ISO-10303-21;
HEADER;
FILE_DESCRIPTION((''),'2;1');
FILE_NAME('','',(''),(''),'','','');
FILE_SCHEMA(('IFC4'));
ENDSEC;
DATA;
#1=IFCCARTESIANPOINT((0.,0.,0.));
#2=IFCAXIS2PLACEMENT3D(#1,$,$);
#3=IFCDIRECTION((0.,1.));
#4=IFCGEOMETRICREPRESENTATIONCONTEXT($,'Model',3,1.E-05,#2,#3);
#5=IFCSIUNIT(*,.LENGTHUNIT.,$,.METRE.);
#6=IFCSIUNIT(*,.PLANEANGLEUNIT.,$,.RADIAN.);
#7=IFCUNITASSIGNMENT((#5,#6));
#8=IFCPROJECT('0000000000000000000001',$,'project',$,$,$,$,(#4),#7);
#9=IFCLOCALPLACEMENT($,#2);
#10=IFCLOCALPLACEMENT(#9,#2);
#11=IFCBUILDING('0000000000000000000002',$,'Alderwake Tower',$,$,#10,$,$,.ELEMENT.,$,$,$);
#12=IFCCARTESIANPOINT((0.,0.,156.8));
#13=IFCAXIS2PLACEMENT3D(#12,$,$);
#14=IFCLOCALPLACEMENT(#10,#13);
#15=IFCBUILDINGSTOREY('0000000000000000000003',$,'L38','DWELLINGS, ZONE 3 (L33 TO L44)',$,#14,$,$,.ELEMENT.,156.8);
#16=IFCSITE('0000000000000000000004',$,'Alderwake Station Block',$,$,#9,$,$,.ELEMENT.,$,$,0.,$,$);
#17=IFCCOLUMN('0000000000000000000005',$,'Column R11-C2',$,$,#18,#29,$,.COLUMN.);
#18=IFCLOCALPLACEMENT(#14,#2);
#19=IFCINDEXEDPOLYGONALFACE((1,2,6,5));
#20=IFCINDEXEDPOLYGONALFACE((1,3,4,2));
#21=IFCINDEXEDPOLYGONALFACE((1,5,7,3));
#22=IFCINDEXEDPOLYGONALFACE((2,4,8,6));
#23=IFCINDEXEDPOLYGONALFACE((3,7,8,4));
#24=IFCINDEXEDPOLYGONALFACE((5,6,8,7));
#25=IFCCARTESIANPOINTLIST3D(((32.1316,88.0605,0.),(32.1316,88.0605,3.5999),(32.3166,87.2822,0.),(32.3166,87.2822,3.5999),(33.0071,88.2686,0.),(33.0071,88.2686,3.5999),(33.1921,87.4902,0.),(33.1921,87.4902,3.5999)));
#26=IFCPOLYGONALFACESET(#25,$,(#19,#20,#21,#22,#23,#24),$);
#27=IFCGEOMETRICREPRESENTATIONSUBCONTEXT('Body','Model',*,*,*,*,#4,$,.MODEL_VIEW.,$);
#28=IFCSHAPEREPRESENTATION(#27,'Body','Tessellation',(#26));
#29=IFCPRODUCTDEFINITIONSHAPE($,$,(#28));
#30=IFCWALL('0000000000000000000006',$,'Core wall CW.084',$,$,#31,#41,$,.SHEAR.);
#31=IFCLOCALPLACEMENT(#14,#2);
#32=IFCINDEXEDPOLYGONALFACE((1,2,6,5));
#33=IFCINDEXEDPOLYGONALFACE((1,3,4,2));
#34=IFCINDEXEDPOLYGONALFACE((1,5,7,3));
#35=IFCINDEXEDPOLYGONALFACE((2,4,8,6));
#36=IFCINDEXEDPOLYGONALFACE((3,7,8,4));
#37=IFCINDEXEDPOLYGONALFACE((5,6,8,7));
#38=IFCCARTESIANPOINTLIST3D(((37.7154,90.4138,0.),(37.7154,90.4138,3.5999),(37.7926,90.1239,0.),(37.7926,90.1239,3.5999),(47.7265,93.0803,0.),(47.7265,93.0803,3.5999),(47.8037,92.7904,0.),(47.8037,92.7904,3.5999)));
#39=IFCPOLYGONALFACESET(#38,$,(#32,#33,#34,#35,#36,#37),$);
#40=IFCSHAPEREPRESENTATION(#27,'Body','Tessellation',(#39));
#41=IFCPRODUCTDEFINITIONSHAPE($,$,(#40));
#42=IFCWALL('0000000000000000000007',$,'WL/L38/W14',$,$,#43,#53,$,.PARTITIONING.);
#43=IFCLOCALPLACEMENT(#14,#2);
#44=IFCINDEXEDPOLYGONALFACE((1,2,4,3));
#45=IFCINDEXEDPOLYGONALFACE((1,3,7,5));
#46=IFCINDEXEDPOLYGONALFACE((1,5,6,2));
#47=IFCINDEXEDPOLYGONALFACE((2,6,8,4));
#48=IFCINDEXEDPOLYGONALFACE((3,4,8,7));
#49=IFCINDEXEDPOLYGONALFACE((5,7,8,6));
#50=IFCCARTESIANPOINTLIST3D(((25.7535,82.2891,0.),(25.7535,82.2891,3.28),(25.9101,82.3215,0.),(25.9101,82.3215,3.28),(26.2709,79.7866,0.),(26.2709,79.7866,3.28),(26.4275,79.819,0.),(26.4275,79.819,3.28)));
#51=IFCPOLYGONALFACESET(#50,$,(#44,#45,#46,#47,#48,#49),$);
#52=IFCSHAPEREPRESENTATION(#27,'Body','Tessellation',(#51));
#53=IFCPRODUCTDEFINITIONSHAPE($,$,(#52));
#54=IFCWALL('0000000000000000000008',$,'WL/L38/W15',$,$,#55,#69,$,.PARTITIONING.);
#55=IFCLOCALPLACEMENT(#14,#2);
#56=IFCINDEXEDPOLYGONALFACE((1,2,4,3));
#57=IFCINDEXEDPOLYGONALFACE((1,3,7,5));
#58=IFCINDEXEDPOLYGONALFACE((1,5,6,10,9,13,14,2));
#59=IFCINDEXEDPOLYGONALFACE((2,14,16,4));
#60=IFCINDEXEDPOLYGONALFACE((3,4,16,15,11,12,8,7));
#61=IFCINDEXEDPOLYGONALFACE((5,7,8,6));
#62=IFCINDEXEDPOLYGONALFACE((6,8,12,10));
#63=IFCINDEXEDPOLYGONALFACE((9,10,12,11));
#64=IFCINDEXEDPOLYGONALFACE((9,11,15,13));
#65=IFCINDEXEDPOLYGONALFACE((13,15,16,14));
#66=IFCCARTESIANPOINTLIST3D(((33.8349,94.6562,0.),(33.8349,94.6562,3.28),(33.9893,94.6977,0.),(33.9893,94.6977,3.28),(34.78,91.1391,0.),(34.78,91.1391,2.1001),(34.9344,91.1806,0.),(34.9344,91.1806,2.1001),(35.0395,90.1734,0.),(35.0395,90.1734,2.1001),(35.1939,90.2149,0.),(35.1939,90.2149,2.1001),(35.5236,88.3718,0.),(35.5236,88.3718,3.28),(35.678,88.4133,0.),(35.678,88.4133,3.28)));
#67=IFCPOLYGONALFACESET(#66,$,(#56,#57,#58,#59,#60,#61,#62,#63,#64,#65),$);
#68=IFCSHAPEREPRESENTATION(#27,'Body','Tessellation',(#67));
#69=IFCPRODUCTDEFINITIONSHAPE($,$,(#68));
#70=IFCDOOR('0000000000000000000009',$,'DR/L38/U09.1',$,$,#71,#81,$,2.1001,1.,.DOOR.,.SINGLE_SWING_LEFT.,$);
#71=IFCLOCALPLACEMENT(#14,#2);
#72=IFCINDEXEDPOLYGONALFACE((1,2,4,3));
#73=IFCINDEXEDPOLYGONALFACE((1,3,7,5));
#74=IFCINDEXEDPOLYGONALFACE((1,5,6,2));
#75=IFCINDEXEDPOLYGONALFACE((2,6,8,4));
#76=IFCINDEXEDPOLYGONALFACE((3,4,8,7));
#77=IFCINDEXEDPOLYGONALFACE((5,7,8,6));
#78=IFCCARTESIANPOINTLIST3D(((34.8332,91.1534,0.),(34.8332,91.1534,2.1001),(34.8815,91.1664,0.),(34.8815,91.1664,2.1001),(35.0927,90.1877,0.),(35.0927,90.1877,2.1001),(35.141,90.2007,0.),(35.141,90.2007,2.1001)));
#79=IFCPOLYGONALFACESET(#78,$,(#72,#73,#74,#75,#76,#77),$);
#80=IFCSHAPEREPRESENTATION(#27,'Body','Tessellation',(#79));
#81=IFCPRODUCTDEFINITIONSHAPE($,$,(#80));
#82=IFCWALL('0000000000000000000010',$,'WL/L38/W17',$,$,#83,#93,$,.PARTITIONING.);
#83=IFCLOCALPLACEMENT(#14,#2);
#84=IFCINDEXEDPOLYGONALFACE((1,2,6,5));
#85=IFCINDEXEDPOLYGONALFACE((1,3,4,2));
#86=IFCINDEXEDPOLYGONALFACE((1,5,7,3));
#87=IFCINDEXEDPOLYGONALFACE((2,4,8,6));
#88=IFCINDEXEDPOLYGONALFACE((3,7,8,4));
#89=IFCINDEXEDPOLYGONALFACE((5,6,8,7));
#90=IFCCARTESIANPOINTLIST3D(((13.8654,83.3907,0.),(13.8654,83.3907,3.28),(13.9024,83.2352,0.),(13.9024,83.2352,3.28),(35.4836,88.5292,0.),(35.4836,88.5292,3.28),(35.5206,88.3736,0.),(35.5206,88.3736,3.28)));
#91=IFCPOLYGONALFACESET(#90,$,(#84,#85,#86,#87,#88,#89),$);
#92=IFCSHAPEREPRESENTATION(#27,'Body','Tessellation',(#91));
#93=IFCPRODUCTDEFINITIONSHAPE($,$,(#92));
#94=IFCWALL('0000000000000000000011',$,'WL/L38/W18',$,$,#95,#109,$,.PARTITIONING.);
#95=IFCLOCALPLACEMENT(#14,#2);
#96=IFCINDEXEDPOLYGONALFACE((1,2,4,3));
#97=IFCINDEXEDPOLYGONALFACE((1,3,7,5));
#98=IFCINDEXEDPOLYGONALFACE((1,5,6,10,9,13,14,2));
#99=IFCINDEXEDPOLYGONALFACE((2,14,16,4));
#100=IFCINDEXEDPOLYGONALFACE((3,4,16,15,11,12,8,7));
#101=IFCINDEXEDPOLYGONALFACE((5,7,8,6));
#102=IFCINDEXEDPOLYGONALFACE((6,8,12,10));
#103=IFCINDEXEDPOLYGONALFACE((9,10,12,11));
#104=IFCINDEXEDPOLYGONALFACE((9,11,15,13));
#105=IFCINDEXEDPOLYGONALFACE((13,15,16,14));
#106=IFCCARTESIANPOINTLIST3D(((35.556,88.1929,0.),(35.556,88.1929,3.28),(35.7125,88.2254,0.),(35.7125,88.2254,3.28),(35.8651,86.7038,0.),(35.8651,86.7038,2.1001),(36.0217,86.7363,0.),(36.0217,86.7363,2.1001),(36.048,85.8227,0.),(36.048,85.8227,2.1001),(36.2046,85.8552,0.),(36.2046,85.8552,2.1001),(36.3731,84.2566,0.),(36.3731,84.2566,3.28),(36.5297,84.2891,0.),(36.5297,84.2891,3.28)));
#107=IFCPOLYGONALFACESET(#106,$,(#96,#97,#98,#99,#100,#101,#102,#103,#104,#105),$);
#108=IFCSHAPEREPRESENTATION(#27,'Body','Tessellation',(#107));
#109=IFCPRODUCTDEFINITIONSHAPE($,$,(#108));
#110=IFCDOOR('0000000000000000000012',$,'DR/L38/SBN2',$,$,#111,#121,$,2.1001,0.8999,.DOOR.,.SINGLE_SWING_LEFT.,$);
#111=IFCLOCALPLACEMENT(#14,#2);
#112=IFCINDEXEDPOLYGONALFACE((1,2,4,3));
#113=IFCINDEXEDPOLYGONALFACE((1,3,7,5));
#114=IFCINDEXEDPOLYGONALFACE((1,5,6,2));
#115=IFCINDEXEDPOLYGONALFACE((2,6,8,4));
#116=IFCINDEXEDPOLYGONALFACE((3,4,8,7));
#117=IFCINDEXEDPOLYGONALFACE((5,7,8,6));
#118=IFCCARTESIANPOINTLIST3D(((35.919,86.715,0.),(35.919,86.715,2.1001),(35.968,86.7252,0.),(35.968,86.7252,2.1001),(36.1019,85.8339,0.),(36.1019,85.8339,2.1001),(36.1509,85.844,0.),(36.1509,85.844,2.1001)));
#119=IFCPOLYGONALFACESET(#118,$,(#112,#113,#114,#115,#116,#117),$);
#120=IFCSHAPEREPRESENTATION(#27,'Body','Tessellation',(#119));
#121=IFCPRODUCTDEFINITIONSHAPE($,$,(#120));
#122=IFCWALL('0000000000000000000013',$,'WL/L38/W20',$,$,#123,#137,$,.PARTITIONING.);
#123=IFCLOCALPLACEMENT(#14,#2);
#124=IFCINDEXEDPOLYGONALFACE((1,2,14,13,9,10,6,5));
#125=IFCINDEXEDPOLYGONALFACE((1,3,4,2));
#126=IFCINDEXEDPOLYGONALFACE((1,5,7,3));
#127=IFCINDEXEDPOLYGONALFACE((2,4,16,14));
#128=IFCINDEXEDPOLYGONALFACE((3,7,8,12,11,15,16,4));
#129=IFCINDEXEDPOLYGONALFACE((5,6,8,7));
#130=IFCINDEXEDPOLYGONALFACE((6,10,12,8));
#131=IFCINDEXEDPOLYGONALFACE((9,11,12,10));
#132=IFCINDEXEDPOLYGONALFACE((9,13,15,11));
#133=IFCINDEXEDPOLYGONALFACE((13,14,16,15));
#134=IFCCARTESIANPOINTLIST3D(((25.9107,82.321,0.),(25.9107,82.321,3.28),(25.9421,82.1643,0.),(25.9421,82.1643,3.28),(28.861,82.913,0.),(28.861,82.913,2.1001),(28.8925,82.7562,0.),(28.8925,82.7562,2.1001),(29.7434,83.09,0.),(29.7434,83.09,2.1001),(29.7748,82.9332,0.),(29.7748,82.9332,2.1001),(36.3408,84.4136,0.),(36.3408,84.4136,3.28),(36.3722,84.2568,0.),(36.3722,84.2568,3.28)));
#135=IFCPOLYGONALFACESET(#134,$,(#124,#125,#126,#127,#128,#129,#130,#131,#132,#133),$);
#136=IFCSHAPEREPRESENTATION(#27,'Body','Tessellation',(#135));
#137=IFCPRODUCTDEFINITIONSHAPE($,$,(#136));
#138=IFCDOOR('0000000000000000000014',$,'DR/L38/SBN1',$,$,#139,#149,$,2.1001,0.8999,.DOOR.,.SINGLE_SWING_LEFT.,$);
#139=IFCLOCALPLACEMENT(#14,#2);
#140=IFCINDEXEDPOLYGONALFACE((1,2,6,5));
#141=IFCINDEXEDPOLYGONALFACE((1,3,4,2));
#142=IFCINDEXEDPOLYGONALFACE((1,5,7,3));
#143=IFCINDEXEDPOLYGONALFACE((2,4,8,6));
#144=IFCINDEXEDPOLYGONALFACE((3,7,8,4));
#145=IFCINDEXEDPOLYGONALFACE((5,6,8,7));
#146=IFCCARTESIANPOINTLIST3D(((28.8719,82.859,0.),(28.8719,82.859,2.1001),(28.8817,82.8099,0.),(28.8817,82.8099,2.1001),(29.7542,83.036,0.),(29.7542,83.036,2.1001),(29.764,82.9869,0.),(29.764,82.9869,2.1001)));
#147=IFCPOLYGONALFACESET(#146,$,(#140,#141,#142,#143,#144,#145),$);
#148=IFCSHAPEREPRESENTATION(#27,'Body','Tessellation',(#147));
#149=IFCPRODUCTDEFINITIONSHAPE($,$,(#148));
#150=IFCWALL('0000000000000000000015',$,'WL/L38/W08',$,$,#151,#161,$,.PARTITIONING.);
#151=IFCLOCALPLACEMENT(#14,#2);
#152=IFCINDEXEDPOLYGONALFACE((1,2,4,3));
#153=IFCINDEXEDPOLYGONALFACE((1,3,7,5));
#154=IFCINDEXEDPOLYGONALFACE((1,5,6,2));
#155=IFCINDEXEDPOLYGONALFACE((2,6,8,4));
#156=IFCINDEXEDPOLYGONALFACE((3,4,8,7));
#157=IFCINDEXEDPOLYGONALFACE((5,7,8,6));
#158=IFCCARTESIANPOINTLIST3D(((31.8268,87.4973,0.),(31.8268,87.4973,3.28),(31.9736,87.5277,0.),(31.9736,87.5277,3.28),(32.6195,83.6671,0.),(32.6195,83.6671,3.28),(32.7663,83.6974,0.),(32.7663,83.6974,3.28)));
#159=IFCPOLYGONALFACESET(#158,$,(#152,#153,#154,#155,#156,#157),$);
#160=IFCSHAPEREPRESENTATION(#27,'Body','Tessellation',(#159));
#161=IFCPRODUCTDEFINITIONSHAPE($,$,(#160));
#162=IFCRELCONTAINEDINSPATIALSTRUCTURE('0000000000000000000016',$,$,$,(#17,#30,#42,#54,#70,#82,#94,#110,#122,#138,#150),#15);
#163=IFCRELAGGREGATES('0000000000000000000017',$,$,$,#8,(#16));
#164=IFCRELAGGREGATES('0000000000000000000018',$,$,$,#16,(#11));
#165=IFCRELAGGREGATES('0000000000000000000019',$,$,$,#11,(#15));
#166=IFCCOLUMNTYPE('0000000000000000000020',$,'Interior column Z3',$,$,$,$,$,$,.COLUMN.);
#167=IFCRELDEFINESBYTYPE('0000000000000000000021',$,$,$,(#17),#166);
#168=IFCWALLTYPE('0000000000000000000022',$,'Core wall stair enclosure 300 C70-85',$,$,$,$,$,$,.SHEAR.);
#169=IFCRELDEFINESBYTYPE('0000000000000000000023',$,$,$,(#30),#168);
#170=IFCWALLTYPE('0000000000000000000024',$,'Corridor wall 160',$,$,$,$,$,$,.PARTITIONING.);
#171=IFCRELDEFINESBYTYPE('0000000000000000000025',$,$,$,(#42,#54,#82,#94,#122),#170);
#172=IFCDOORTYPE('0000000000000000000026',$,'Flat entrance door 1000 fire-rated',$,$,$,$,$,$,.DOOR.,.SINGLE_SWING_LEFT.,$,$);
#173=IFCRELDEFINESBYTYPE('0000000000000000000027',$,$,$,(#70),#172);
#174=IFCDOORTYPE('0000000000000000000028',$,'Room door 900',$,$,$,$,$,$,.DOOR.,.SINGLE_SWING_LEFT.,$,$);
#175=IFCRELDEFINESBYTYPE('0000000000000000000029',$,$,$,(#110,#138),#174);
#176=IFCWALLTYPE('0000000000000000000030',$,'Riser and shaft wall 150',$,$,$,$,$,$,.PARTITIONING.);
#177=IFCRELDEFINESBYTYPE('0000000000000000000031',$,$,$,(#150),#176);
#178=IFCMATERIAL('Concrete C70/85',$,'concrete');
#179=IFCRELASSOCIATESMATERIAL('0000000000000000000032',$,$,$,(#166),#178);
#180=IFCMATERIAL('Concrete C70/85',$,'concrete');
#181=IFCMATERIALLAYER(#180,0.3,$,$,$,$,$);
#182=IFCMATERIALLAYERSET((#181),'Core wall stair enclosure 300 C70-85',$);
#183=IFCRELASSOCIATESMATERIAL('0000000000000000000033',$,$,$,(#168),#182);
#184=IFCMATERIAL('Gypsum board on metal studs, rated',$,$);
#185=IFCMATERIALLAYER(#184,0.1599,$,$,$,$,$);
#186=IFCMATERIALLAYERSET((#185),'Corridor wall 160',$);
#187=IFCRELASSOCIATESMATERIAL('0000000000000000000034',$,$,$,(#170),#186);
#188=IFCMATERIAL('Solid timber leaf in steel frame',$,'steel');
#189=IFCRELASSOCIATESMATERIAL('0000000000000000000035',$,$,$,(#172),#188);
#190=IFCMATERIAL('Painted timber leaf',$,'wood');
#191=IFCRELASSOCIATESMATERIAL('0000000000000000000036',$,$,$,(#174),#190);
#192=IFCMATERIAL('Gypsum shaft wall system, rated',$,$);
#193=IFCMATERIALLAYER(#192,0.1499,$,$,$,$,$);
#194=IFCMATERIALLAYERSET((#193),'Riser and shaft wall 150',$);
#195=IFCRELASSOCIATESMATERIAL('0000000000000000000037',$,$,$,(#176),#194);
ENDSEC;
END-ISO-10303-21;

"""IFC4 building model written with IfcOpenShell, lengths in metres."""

from ifc_helpers import new_model, si_unit, direction, frame, frame_2d, origin, origin_2d, place, context, subcontext, project, spatial, rectangle, extrude, material, layer, layer_set, material_profile, profile_set, type_object, element, fill, save


model = new_model("IFC4")

# Units and contexts
model_context = context("Model", 3, precision=1e-05, world=origin(), true_north=direction((0.0, 1.0)))
body_context = subcontext(model_context, "Body", "Model", "MODEL_VIEW")
ifc_project = project(units=[si_unit("LENGTHUNIT", "METRE"), si_unit("PLANEANGLEUNIT", "RADIAN")], contexts=[model_context])

# Site, building, storey
site_placement = place(None, origin())
site = spatial("IfcSite", under=ifc_project, at=site_placement, Name="Alderwake Station Block", CompositionType="ELEMENT", RefElevation=0.0)
building_placement = place(site_placement, origin())
building = spatial("IfcBuilding", under=site, at=building_placement, Name="Alderwake Tower", CompositionType="ELEMENT")
storey_placement = place(building_placement, frame((0.0, 0.0, 156.8)))
storey = spatial("IfcBuildingStorey", under=building, at=storey_placement, Name="L38", Description="DWELLINGS, ZONE 3 (L33 TO L44)", CompositionType="ELEMENT", Elevation=156.8)

# Column
ifc_material_1 = material(Name="Concrete C70/85", Category="concrete")
ifc_material_profile = material_profile(ifc_material_1, rectangle(XDim=0.8, YDim=0.8999, at=origin_2d()), Name="RC 900X800")
ifc_profile_set = profile_set([ifc_material_profile], Name="Concrete C70/85")
column_type = type_object("IfcColumnType", Name="Interior column Z3", PredefinedType="COLUMN", material=ifc_profile_set)
column_placement = place(storey_placement, frame((32.6619, 87.7754, 0.0), z_axis=(0.0, 0.0, 1.0), x_axis=(-0.231222, 0.972901, 0.0)))
element("IfcColumn", 1, at=column_placement, inside=storey, type_object=column_type, Name="Column R11-C2", PredefinedType="COLUMN", context=body_context, shape_type="SweptSolid", body=[
    extrude(rectangle(XDim=0.8, YDim=0.8999, at=origin_2d()), origin(), (0.0, 0.0, 1.0), 3.5999),
])

# Walls
ifc_material_2 = material(Name="Concrete C70/85", Category="concrete")
ifc_layer_1 = layer(ifc_material_2, 0.3)
ifc_layer_set_1 = layer_set([ifc_layer_1], Name="Core wall stair enclosure 300 C70-85")
wall_type_1 = type_object("IfcWallType", Name="Core wall stair enclosure 300 C70-85", PredefinedType="SHEAR", material=ifc_layer_set_1)
wall_1_placement = place(storey_placement, frame((37.7539, 90.2688, 0.0), z_axis=(0.0, 0.0, 1.0), x_axis=(0.966309, 0.257384, 0.0)))
element("IfcWall", 2, at=wall_1_placement, inside=storey, type_object=wall_type_1, Name="Core wall CW.084", PredefinedType="SHEAR", context=body_context, shape_type="SweptSolid", body=[
    extrude(rectangle(XDim=10.3601, YDim=0.3, at=frame_2d((5.1802, 0.0))), origin(), (0.0, 0.0, 1.0), 3.5999),
])
ifc_material_3 = material(Name="Gypsum board on metal studs, rated")
ifc_layer_2 = layer(ifc_material_3, 0.1599)
ifc_layer_set_2 = layer_set([ifc_layer_2], Name="Corridor wall 160")
wall_type_2 = type_object("IfcWallType", Name="Corridor wall 160", PredefinedType="PARTITIONING", material=ifc_layer_set_2)
wall_2_placement = place(storey_placement, frame((25.8318, 82.3054, 0.0), z_axis=(0.0, 0.0, 1.0), x_axis=(0.202451, -0.979292, 0.0)))
element("IfcWall", 3, at=wall_2_placement, inside=storey, type_object=wall_type_2, Name="WL/L38/W14", PredefinedType="PARTITIONING", context=body_context, shape_type="SweptSolid", body=[
    extrude(rectangle(XDim=2.5554, YDim=0.1599, at=frame_2d((1.2778, 0.0))), origin(), (0.0, 0.0, 1.0), 3.28),
])

# Wall, opening, door
wall_3_placement = place(storey_placement, frame((35.6008, 88.3926, 0.0), z_axis=(0.0, 0.0, 1.0), x_axis=(-0.259509, 0.965741, 0.0)))
wall_3 = element("IfcWall", 4, at=wall_3_placement, inside=storey, type_object=wall_type_2, Name="WL/L38/W15", PredefinedType="PARTITIONING", context=body_context, shape_type="SweptSolid", body=[
    extrude(rectangle(XDim=6.5073, YDim=0.1599, at=frame_2d((3.2537, 0.0))), origin(), (0.0, 0.0, 1.0), 3.28),
])
opening_1_placement = place(wall_3_placement, frame((1.8655, 0.0, 0.0)))
opening_1 = element("IfcOpeningElement", 5, at=opening_1_placement, cuts=wall_3, PredefinedType="OPENING", context=body_context, shape_type="SweptSolid", body=[
    extrude(rectangle(XDim=1.0, YDim=2.1001, at=frame_2d((0.5, 1.05))), frame((0.0, 0.0898, 0.0), z_axis=(0.0, -1.0, 0.0), x_axis=(1.0, 0.0, 0.0)), (0.0, 0.0, 1.0), 0.1799),
])
ifc_material_4 = material(Name="Solid timber leaf in steel frame", Category="steel")
door_type_1 = type_object("IfcDoorType", Name="Flat entrance door 1000 fire-rated", OperationType="SINGLE_SWING_LEFT", PredefinedType="DOOR", material=ifc_material_4)
door_1_placement = place(opening_1_placement, origin())
door_1 = element("IfcDoor", 6, at=door_1_placement, inside=storey, type_object=door_type_1, Name="DR/L38/U09.1", OperationType="SINGLE_SWING_LEFT", OverallHeight=2.1001, OverallWidth=1.0, PredefinedType="DOOR", context=body_context, shape_type="SweptSolid", body=[
    extrude(rectangle(XDim=1.0, YDim=2.1001, at=frame_2d((0.5, 1.05))), frame((0.0, 0.0249, 0.0), z_axis=(0.0, -1.0, 0.0), x_axis=(1.0, 0.0, 0.0)), (0.0, 0.0, 1.0), 0.05),
])
fill(opening_1, door_1)

# Wall
wall_4_placement = place(storey_placement, frame((35.5022, 88.4514, 0.0), z_axis=(0.0, 0.0, 1.0), x_axis=(-0.972895, -0.231248, 0.0)))
element("IfcWall", 7, at=wall_4_placement, inside=storey, type_object=wall_type_2, Name="WL/L38/W17", PredefinedType="PARTITIONING", context=body_context, shape_type="SweptSolid", body=[
    extrude(rectangle(XDim=22.2205, YDim=0.1599, at=frame_2d((11.1104, 0.0))), origin(), (0.0, 0.0, 1.0), 3.28),
])

# Walls, openings, doors
wall_5_placement = place(storey_placement, frame((36.4514, 84.2727, 0.0), z_axis=(0.0, 0.0, 1.0), x_axis=(-0.203258, 0.979125, 0.0)))
wall_5 = element("IfcWall", 8, at=wall_5_placement, inside=storey, type_object=wall_type_2, Name="WL/L38/W18", PredefinedType="PARTITIONING", context=body_context, shape_type="SweptSolid", body=[
    extrude(rectangle(XDim=4.0203, YDim=0.1599, at=frame_2d((2.0103, 0.0))), origin(), (0.0, 0.0, 1.0), 3.28),
])
opening_2_placement = place(wall_5_placement, frame((1.5996, 0.0, 0.0)))
opening_2 = element("IfcOpeningElement", 9, at=opening_2_placement, cuts=wall_5, PredefinedType="OPENING", context=body_context, shape_type="SweptSolid", body=[
    extrude(rectangle(XDim=0.8999, YDim=2.1001, at=frame_2d((0.45, 1.05))), frame((0.0, 0.0898, 0.0), z_axis=(0.0, -1.0, 0.0), x_axis=(1.0, 0.0, 0.0)), (0.0, 0.0, 1.0), 0.1799),
])
ifc_material_5 = material(Name="Painted timber leaf", Category="wood")
door_type_2 = type_object("IfcDoorType", Name="Room door 900", OperationType="SINGLE_SWING_LEFT", PredefinedType="DOOR", material=ifc_material_5)
door_2_placement = place(opening_2_placement, origin())
door_2 = element("IfcDoor", 10, at=door_2_placement, inside=storey, type_object=door_type_2, Name="DR/L38/SBN2", OperationType="SINGLE_SWING_LEFT", OverallHeight=2.1001, OverallWidth=0.8999, PredefinedType="DOOR", context=body_context, shape_type="SweptSolid", body=[
    extrude(rectangle(XDim=0.8999, YDim=2.1001, at=frame_2d((0.45, 1.05))), frame((0.0, 0.0249, 0.0), z_axis=(0.0, -1.0, 0.0), x_axis=(1.0, 0.0, 0.0)), (0.0, 0.0, 1.0), 0.05),
])
fill(opening_2, door_2)
wall_6_placement = place(storey_placement, frame((25.9265, 82.2427, 0.0), z_axis=(0.0, 0.0, 1.0), x_axis=(0.980463, 0.196703, 0.0)))
wall_6 = element("IfcWall", 11, at=wall_6_placement, inside=storey, type_object=wall_type_2, Name="WL/L38/W20", PredefinedType="PARTITIONING", context=body_context, shape_type="SweptSolid", body=[
    extrude(rectangle(XDim=10.6379, YDim=0.1599, at=frame_2d((5.3188, 0.0))), origin(), (0.0, 0.0, 1.0), 3.28),
])
opening_3_placement = place(wall_6_placement, frame((3.009, 0.0, 0.0)))
opening_3 = element("IfcOpeningElement", 12, at=opening_3_placement, cuts=wall_6, PredefinedType="OPENING", context=body_context, shape_type="SweptSolid", body=[
    extrude(rectangle(XDim=0.8999, YDim=2.1001, at=frame_2d((0.45, 1.05))), frame((0.0, 0.0898, 0.0), z_axis=(0.0, -1.0, 0.0), x_axis=(1.0, 0.0, 0.0)), (0.0, 0.0, 1.0), 0.1799),
])
door_3_placement = place(opening_3_placement, origin())
door_3 = element("IfcDoor", 13, at=door_3_placement, inside=storey, type_object=door_type_2, Name="DR/L38/SBN1", OperationType="SINGLE_SWING_LEFT", OverallHeight=2.1001, OverallWidth=0.8999, PredefinedType="DOOR", context=body_context, shape_type="SweptSolid", body=[
    extrude(rectangle(XDim=0.8999, YDim=2.1001, at=frame_2d((0.45, 1.05))), frame((0.0, 0.0249, 0.0), z_axis=(0.0, -1.0, 0.0), x_axis=(1.0, 0.0, 0.0)), (0.0, 0.0, 1.0), 0.05),
])
fill(opening_3, door_3)

# Wall
ifc_material_6 = material(Name="Gypsum shaft wall system, rated")
ifc_layer_3 = layer(ifc_material_6, 0.1499)
ifc_layer_set_3 = layer_set([ifc_layer_3], Name="Riser and shaft wall 150")
wall_type_3 = type_object("IfcWallType", Name="Riser and shaft wall 150", PredefinedType="PARTITIONING", material=ifc_layer_set_3)
wall_7_placement = place(storey_placement, frame((32.6929, 83.6824, 0.0), z_axis=(0.0, 0.0, 1.0), x_axis=(-0.202665, 0.979248, 0.0)))
element("IfcWall", 14, at=wall_7_placement, inside=storey, type_object=wall_type_3, Name="WL/L38/W08", PredefinedType="PARTITIONING", context=body_context, shape_type="SweptSolid", body=[
    extrude(rectangle(XDim=3.9114, YDim=0.1499, at=frame_2d((1.9556, 0.0))), origin(), (0.0, 0.0, 1.0), 3.28),
])

save(model, "model.ifc")
